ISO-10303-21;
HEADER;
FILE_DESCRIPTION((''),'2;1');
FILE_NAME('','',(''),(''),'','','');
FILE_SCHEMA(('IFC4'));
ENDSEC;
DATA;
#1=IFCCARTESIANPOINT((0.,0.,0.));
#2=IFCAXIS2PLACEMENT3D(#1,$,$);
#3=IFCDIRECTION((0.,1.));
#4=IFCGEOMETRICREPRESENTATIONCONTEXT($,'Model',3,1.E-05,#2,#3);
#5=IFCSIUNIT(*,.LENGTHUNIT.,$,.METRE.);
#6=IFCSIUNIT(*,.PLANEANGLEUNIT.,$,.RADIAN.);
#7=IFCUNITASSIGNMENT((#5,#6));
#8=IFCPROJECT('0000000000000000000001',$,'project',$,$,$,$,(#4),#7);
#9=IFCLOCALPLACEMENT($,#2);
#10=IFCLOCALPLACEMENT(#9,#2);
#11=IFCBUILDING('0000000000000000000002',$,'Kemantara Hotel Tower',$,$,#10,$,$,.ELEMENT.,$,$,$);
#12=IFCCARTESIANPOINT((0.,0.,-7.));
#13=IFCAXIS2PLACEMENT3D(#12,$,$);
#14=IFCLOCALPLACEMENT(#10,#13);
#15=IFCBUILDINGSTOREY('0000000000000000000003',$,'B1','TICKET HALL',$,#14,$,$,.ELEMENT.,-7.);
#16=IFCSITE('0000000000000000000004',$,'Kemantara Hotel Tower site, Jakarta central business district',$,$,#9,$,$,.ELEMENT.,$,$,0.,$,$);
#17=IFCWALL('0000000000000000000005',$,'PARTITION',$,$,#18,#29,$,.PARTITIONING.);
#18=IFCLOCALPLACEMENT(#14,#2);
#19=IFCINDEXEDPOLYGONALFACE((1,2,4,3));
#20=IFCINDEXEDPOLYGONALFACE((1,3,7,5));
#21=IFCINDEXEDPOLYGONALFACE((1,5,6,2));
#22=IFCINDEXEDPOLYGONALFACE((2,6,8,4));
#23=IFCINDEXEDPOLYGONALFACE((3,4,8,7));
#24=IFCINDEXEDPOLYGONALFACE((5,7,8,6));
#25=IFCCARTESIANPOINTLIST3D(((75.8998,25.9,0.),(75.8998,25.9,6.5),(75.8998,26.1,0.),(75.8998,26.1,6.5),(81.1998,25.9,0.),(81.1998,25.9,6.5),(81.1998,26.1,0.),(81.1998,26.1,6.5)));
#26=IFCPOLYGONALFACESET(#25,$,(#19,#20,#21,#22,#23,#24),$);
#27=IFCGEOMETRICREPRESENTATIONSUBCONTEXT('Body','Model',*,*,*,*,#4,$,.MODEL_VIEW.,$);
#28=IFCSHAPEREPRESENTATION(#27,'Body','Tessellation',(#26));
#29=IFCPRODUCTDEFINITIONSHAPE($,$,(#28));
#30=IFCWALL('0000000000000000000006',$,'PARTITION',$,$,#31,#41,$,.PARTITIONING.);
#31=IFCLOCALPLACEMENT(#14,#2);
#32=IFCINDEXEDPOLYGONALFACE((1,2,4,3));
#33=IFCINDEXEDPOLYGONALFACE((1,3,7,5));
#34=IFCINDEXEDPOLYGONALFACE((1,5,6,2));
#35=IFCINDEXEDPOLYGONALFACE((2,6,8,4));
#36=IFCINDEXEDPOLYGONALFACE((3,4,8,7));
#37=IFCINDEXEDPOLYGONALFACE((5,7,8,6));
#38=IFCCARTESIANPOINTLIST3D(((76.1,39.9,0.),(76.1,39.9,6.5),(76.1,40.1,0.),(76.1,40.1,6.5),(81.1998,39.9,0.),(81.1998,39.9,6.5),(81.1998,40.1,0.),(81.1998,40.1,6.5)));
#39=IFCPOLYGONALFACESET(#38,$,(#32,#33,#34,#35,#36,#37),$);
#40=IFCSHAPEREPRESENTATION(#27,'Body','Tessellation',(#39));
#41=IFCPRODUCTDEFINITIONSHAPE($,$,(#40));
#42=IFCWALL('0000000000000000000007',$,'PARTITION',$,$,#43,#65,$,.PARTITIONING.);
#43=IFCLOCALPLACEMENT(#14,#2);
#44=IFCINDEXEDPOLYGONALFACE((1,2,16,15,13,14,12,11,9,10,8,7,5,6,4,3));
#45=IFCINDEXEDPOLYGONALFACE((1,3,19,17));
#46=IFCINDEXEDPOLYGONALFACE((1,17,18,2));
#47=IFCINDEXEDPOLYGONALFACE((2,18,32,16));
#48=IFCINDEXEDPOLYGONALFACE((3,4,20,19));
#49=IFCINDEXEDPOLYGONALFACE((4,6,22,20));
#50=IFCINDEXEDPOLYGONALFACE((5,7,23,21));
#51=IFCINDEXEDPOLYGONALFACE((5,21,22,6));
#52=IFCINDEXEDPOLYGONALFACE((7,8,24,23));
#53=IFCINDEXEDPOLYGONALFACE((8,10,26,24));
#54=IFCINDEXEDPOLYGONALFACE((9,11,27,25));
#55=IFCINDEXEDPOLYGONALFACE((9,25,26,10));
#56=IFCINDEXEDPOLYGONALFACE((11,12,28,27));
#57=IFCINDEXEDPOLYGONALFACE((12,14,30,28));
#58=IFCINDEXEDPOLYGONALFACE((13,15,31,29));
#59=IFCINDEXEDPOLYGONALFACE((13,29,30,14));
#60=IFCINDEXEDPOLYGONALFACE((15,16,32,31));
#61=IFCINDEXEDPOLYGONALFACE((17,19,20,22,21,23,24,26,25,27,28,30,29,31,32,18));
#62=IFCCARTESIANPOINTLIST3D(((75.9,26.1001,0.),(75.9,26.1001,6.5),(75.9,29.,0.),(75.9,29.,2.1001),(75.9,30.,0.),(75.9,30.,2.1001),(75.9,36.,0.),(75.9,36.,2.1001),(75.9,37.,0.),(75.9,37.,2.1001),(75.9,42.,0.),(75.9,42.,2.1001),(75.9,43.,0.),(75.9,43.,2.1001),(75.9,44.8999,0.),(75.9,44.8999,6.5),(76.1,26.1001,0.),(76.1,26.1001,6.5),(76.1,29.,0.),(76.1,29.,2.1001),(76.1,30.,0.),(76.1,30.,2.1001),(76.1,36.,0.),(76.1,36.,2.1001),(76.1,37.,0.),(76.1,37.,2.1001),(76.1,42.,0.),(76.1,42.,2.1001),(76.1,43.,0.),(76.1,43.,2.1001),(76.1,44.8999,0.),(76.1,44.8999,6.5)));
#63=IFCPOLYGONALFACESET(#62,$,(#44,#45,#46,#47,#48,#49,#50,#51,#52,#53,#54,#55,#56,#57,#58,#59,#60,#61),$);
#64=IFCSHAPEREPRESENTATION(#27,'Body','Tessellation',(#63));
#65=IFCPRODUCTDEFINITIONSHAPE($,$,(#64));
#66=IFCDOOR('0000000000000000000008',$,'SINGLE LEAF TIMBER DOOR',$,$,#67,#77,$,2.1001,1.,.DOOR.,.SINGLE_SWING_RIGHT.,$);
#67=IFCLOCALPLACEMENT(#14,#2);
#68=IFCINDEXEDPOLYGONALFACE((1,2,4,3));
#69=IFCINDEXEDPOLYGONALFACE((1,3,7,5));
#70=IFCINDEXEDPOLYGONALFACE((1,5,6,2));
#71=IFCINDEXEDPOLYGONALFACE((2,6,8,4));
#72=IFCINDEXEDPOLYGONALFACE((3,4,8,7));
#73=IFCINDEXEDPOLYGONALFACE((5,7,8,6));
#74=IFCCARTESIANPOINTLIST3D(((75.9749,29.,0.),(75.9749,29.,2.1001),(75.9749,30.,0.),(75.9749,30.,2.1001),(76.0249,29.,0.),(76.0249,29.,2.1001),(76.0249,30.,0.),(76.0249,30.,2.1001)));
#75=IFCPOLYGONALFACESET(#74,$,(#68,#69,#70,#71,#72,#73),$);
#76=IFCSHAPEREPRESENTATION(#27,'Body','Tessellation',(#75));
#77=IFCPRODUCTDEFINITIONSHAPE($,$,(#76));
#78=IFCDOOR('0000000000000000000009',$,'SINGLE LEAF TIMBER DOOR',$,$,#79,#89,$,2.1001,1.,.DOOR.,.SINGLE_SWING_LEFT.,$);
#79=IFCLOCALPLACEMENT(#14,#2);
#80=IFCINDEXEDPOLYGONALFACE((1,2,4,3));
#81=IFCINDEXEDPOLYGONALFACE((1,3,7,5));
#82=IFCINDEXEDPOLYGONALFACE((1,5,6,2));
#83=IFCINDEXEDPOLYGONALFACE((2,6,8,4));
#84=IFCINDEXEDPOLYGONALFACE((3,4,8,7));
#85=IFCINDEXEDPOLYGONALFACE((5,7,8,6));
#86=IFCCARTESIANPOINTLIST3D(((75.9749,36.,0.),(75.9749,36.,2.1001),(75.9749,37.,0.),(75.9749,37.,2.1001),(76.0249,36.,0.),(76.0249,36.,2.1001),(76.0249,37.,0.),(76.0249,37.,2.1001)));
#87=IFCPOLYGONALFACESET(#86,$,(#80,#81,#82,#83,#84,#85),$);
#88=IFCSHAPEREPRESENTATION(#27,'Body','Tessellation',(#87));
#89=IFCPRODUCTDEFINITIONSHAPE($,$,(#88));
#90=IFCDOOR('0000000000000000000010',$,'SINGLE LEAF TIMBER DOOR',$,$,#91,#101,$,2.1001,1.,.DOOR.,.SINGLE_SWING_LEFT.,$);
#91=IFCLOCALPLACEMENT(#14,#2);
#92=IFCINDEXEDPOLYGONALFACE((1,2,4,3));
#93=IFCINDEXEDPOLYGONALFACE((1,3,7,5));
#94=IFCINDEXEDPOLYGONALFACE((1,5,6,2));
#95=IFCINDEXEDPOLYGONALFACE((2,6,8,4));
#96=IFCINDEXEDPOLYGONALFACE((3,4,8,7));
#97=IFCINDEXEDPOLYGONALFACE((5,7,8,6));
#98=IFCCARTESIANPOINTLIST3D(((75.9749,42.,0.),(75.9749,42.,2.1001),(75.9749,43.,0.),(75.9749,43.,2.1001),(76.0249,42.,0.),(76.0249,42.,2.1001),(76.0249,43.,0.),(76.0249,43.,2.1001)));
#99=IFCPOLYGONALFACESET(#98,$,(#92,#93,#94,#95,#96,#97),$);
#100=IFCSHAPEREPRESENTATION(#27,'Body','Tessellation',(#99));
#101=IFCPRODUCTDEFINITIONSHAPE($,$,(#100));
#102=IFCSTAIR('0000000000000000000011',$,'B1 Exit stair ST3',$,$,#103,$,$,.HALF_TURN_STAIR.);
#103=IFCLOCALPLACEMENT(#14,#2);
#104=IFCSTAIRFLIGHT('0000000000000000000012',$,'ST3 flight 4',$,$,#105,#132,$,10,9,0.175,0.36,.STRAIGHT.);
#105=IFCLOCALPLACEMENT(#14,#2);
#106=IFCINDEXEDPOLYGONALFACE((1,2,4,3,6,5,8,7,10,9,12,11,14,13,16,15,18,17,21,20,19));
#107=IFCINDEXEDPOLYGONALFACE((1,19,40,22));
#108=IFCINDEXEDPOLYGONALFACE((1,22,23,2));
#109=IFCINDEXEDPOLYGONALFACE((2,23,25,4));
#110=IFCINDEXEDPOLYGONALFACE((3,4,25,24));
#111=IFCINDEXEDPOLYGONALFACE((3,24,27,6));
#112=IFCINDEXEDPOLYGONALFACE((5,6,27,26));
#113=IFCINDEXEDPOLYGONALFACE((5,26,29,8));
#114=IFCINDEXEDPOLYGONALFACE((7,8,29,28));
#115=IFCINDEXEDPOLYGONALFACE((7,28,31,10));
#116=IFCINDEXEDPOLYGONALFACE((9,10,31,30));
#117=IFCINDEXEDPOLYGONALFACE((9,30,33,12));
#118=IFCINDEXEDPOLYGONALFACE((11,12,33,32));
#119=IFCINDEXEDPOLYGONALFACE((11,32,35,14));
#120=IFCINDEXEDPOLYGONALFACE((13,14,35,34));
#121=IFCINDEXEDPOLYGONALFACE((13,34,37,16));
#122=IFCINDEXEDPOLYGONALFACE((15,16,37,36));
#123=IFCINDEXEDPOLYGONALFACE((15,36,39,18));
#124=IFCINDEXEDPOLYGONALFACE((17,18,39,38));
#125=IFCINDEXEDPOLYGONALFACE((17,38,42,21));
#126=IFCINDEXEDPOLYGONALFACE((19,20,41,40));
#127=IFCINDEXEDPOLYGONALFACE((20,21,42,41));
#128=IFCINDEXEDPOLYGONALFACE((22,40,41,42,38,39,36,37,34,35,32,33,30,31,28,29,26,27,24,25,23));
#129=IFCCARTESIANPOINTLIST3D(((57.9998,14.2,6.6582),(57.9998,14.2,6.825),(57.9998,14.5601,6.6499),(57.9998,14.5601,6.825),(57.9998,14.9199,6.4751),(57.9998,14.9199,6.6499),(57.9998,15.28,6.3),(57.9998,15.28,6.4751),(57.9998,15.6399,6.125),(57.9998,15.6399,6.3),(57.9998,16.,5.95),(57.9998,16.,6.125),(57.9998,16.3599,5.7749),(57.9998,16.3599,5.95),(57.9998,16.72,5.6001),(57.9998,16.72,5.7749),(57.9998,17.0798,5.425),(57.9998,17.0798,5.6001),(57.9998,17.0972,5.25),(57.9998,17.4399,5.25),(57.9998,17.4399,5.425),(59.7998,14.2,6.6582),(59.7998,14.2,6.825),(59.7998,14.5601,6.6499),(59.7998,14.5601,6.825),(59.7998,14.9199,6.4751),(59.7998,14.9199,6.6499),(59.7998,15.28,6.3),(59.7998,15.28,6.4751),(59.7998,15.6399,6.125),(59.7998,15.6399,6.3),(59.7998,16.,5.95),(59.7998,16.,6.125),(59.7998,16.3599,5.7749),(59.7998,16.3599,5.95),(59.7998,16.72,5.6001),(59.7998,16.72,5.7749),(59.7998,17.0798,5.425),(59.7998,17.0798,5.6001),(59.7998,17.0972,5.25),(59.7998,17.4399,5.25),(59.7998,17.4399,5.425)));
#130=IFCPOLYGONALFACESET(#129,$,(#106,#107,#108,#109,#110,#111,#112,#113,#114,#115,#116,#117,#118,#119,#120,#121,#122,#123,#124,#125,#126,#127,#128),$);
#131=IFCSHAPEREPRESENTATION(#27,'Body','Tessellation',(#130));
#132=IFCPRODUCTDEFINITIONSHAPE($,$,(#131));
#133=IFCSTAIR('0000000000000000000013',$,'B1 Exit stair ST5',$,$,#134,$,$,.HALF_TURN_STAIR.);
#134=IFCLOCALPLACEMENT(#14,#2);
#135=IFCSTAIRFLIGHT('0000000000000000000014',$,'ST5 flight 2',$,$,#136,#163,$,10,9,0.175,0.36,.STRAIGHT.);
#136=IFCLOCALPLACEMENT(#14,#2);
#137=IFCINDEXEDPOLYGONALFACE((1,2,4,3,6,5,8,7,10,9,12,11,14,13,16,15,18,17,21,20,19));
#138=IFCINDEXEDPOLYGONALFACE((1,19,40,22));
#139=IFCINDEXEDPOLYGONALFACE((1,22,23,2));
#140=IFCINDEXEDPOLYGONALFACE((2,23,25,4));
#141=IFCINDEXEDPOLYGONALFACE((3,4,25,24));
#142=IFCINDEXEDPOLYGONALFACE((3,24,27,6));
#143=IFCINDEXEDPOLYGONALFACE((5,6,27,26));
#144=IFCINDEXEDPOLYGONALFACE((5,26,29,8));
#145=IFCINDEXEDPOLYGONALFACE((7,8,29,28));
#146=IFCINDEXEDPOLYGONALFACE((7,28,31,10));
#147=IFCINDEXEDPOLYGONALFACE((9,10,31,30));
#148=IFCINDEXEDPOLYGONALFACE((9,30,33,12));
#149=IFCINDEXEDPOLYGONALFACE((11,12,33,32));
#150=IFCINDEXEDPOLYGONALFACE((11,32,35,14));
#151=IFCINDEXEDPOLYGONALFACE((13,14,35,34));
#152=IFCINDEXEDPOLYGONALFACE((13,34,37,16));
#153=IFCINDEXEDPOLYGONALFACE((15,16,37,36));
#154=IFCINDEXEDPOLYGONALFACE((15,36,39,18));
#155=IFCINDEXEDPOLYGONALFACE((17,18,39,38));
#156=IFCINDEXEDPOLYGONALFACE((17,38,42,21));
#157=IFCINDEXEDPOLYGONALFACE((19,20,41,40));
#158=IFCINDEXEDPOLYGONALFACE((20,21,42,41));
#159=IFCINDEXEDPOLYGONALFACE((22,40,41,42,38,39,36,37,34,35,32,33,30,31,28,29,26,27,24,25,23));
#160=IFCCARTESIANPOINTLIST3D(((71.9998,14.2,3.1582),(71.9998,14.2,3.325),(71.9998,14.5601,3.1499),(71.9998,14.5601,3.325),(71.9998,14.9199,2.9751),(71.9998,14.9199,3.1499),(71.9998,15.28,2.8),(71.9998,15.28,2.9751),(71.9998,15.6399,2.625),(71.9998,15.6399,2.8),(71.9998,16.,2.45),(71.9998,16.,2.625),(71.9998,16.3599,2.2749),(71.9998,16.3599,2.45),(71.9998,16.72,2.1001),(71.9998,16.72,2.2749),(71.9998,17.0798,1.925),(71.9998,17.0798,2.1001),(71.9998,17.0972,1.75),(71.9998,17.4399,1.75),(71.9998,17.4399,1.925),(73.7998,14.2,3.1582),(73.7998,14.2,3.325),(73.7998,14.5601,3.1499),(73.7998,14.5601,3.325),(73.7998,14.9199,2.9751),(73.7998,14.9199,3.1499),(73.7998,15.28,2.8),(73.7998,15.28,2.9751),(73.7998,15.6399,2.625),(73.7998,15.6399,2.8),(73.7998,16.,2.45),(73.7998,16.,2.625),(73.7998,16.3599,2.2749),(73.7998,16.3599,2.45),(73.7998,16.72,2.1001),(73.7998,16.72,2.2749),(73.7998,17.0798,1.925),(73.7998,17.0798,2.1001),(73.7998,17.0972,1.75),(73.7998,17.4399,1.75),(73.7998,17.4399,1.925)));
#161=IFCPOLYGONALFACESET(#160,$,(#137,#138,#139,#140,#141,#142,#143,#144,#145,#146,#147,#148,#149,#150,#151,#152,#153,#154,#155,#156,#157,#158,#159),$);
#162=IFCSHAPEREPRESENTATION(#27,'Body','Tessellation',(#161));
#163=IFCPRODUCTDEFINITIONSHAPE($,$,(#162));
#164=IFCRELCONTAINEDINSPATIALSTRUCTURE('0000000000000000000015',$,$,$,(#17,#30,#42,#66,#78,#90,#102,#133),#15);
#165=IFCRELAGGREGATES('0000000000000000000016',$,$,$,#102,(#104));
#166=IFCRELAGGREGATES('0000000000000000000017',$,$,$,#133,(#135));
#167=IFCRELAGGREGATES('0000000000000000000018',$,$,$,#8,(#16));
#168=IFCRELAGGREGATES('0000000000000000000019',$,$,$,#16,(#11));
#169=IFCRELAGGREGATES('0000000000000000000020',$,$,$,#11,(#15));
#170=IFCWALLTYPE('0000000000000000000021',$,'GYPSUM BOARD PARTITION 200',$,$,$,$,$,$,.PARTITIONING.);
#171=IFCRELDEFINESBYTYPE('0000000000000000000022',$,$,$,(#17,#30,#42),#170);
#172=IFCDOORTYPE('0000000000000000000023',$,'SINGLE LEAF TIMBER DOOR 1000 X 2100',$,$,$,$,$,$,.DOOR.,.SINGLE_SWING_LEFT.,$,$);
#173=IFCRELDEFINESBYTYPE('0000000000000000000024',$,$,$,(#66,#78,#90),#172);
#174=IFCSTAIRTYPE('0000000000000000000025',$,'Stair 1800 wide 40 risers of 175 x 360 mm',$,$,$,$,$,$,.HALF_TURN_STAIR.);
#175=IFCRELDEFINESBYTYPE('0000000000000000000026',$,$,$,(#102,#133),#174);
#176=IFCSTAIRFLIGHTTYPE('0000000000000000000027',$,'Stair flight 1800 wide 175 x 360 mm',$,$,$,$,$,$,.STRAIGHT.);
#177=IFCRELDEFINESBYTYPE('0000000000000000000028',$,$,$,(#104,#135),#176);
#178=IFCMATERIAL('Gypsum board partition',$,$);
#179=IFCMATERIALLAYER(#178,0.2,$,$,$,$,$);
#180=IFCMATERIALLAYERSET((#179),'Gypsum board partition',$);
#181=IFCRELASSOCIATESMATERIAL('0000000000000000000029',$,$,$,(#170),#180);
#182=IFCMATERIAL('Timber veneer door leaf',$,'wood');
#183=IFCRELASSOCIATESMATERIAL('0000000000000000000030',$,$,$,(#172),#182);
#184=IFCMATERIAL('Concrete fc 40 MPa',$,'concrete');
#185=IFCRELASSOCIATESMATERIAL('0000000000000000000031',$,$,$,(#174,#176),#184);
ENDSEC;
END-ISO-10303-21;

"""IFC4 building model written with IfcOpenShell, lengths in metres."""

from ifc_helpers import new_model, si_unit, direction, frame, frame_2d, origin, place, context, subcontext, project, spatial, polyline, rectangle, outline, extrude, material, layer, layer_set, type_object, element, fill, aggregate, save


model = new_model("IFC4")

# Units and contexts
model_context = context("Model", 3, precision=1e-05, world=origin(), true_north=direction((0.0, 1.0)))
body_context = subcontext(model_context, "Body", "Model", "MODEL_VIEW")
ifc_project = project(units=[si_unit("LENGTHUNIT", "METRE"), si_unit("PLANEANGLEUNIT", "RADIAN")], contexts=[model_context])

# Site, building, storey
site_placement = place(None, origin())
site = spatial("IfcSite", under=ifc_project, at=site_placement, Name="Kemantara Hotel Tower site, Jakarta central business district", CompositionType="ELEMENT", RefElevation=0.0)
building_placement = place(site_placement, origin())
building = spatial("IfcBuilding", under=site, at=building_placement, Name="Kemantara Hotel Tower", CompositionType="ELEMENT")
storey_placement = place(building_placement, frame((0.0, 0.0, -7.0)))
storey = spatial("IfcBuildingStorey", under=building, at=storey_placement, Name="B1", Description="TICKET HALL", CompositionType="ELEMENT", Elevation=-7.0)

# Walls
ifc_material_1 = material(Name="Concrete fc 40 MPa", Category="concrete")
ifc_material_2 = material(Name="Gypsum board partition")
ifc_layer_1 = layer(ifc_material_2, 0.2)
ifc_layer_set_1 = layer_set([ifc_layer_1], Name="Gypsum board partition")
wall_type_1 = type_object("IfcWallType", Name="GYPSUM BOARD PARTITION 200", PredefinedType="PARTITIONING", material=ifc_layer_set_1)
wall_1_placement = place(storey_placement, frame((75.8999, 26.0, 0.0), z_axis=(0.0, 0.0, 1.0), x_axis=(1.0, 0.0, 0.0)))
element("IfcWall", 1, at=wall_1_placement, inside=storey, type_object=wall_type_1, Name="PARTITION", PredefinedType="PARTITIONING", context=body_context, shape_type="SweptSolid", body=[
    extrude(rectangle(XDim=5.3, YDim=0.2, at=frame_2d((2.6499, 0.0))), origin(), (0.0, 0.0, 1.0), 6.5),
])
wall_2_placement = place(storey_placement, frame((76.1001, 40.0, 0.0), z_axis=(0.0, 0.0, 1.0), x_axis=(1.0, 0.0, 0.0)))
element("IfcWall", 2, at=wall_2_placement, inside=storey, type_object=wall_type_1, Name="PARTITION", PredefinedType="PARTITIONING", context=body_context, shape_type="SweptSolid", body=[
    extrude(rectangle(XDim=5.0999, YDim=0.2, at=frame_2d((2.5498, 0.0))), origin(), (0.0, 0.0, 1.0), 6.5),
])

# Wall, openings, doors
wall_3_placement = place(storey_placement, frame((76.0, 26.1001, 0.0), z_axis=(0.0, 0.0, 1.0), x_axis=(0.0, 1.0, 0.0)))
wall_3 = element("IfcWall", 3, at=wall_3_placement, inside=storey, type_object=wall_type_1, Name="PARTITION", PredefinedType="PARTITIONING", context=body_context, shape_type="SweptSolid", body=[
    extrude(rectangle(XDim=18.7998, YDim=0.2, at=frame_2d((9.3999, 0.0))), origin(), (0.0, 0.0, 1.0), 6.5),
])
opening_1_placement = place(wall_3_placement, frame((2.8999, 0.0, 0.0)))
opening_1 = element("IfcOpeningElement", 4, at=opening_1_placement, cuts=wall_3, PredefinedType="OPENING", context=body_context, shape_type="SweptSolid", body=[
    extrude(rectangle(XDim=1.0, YDim=2.1001, at=frame_2d((0.5, 1.05))), frame((0.0, 0.1099, 0.0), z_axis=(0.0, -1.0, 0.0), x_axis=(1.0, 0.0, 0.0)), (0.0, 0.0, 1.0), 0.22),
])
opening_2_placement = place(wall_3_placement, frame((9.8999, 0.0, 0.0)))
opening_2 = element("IfcOpeningElement", 5, at=opening_2_placement, cuts=wall_3, PredefinedType="OPENING", context=body_context, shape_type="SweptSolid", body=[
    extrude(rectangle(XDim=1.0, YDim=2.1001, at=frame_2d((0.5, 1.05))), frame((0.0, 0.1099, 0.0), z_axis=(0.0, -1.0, 0.0), x_axis=(1.0, 0.0, 0.0)), (0.0, 0.0, 1.0), 0.22),
])
opening_3_placement = place(wall_3_placement, frame((15.8999, 0.0, 0.0)))
opening_3 = element("IfcOpeningElement", 6, at=opening_3_placement, cuts=wall_3, PredefinedType="OPENING", context=body_context, shape_type="SweptSolid", body=[
    extrude(rectangle(XDim=1.0, YDim=2.1001, at=frame_2d((0.5, 1.05))), frame((0.0, 0.1099, 0.0), z_axis=(0.0, -1.0, 0.0), x_axis=(1.0, 0.0, 0.0)), (0.0, 0.0, 1.0), 0.22),
])
ifc_material_3 = material(Name="Timber veneer door leaf", Category="wood")
door_type = type_object("IfcDoorType", Name="SINGLE LEAF TIMBER DOOR 1000 X 2100", OperationType="SINGLE_SWING_LEFT", PredefinedType="DOOR", material=ifc_material_3)
door_1_placement = place(opening_1_placement, frame((1.0, 0.0, 0.0), z_axis=(0.0, 0.0, 1.0), x_axis=(-1.0, 0.0, 0.0)))
door_1 = element("IfcDoor", 7, at=door_1_placement, inside=storey, type_object=door_type, Name="SINGLE LEAF TIMBER DOOR", OperationType="SINGLE_SWING_RIGHT", OverallHeight=2.1001, OverallWidth=1.0, PredefinedType="DOOR", context=body_context, shape_type="SweptSolid", body=[
    extrude(rectangle(XDim=1.0, YDim=2.1001, at=frame_2d((0.5, 1.05))), frame((0.0, 0.0249, 0.0), z_axis=(0.0, -1.0, 0.0), x_axis=(1.0, 0.0, 0.0)), (0.0, 0.0, 1.0), 0.05),
])
fill(opening_1, door_1)
door_2_placement = place(opening_2_placement, frame((1.0, 0.0, 0.0), z_axis=(0.0, 0.0, 1.0), x_axis=(-1.0, 0.0, 0.0)))
door_2 = element("IfcDoor", 8, at=door_2_placement, inside=storey, type_object=door_type, Name="SINGLE LEAF TIMBER DOOR", OperationType="SINGLE_SWING_LEFT", OverallHeight=2.1001, OverallWidth=1.0, PredefinedType="DOOR", context=body_context, shape_type="SweptSolid", body=[
    extrude(rectangle(XDim=1.0, YDim=2.1001, at=frame_2d((0.5, 1.05))), frame((0.0, 0.0249, 0.0), z_axis=(0.0, -1.0, 0.0), x_axis=(1.0, 0.0, 0.0)), (0.0, 0.0, 1.0), 0.05),
])
fill(opening_2, door_2)
door_3_placement = place(opening_3_placement, frame((1.0, 0.0, 0.0), z_axis=(0.0, 0.0, 1.0), x_axis=(-1.0, 0.0, 0.0)))
door_3 = element("IfcDoor", 9, at=door_3_placement, inside=storey, type_object=door_type, Name="SINGLE LEAF TIMBER DOOR", OperationType="SINGLE_SWING_LEFT", OverallHeight=2.1001, OverallWidth=1.0, PredefinedType="DOOR", context=body_context, shape_type="SweptSolid", body=[
    extrude(rectangle(XDim=1.0, YDim=2.1001, at=frame_2d((0.5, 1.05))), frame((0.0, 0.0249, 0.0), z_axis=(0.0, -1.0, 0.0), x_axis=(1.0, 0.0, 0.0)), (0.0, 0.0, 1.0), 0.05),
])
fill(opening_3, door_3)

# Stair, stair flight
stair_type = type_object("IfcStairType", Name="Stair 1800 wide 40 risers of 175 x 360 mm", PredefinedType="HALF_TURN_STAIR", material=ifc_material_1)
stair_1_placement = place(storey_placement, origin())
stair_1 = element("IfcStair", 10, at=stair_1_placement, inside=storey, type_object=stair_type, Name="B1 Exit stair ST3", PredefinedType="HALF_TURN_STAIR")
stair_flight_type = type_object("IfcStairFlightType", Name="Stair flight 1800 wide 175 x 360 mm", PredefinedType="STRAIGHT", material=ifc_material_1)
stair_flight_1_placement = place(storey_placement, frame((58.8999, 17.4399, 5.25), z_axis=(0.0, 0.0, 1.0), x_axis=(0.0, -1.0, 0.0)))
stair_flight_1 = element("IfcStairFlight", 11, at=stair_flight_1_placement, type_object=stair_flight_type, Name="ST3 flight 4", NumberOfRisers=10, NumberOfTreads=9, PredefinedType="STRAIGHT", RiserHeight=0.175, TreadLength=0.36, context=body_context, shape_type="SweptSolid", body=[
    extrude(outline(polyline([(0.0, 0.0), (0.0, 0.175), (0.3601, 0.175), (0.3601, 0.3501), (0.72, 0.3501), (0.72, 0.5249), (1.0801, 0.5249), (1.0801, 0.7), (1.4399, 0.7), (1.4399, 0.875), (1.8, 0.875), (1.8, 1.05), (2.1599, 1.05), (2.1599, 1.2251), (2.52, 1.2251), (2.52, 1.3999), (2.8799, 1.3999), (2.8799, 1.575), (3.24, 1.575), (3.24, 1.75), (3.24, 1.4082), (0.3428, 0.0), (0.0, 0.0)])), frame((0.0, 0.8999, 0.0), z_axis=(0.0, -1.0, 0.0), x_axis=(1.0, 0.0, 0.0)), (0.0, 0.0, 1.0), 1.8),
])
aggregate(stair_1, [stair_flight_1])

# Stair, stair flight
stair_2_placement = place(storey_placement, origin())
stair_2 = element("IfcStair", 12, at=stair_2_placement, inside=storey, type_object=stair_type, Name="B1 Exit stair ST5", PredefinedType="HALF_TURN_STAIR")
stair_flight_2_placement = place(storey_placement, frame((72.8999, 17.4399, 1.75), z_axis=(0.0, 0.0, 1.0), x_axis=(0.0, -1.0, 0.0)))
stair_flight_2 = element("IfcStairFlight", 13, at=stair_flight_2_placement, type_object=stair_flight_type, Name="ST5 flight 2", NumberOfRisers=10, NumberOfTreads=9, PredefinedType="STRAIGHT", RiserHeight=0.175, TreadLength=0.36, context=body_context, shape_type="SweptSolid", body=[
    extrude(outline(polyline([(0.0, 0.0), (0.0, 0.175), (0.3601, 0.175), (0.3601, 0.3501), (0.72, 0.3501), (0.72, 0.5249), (1.0801, 0.5249), (1.0801, 0.7), (1.4399, 0.7), (1.4399, 0.875), (1.8, 0.875), (1.8, 1.05), (2.1599, 1.05), (2.1599, 1.2251), (2.52, 1.2251), (2.52, 1.3999), (2.8799, 1.3999), (2.8799, 1.575), (3.24, 1.575), (3.24, 1.75), (3.24, 1.4082), (0.3428, 0.0), (0.0, 0.0)])), frame((0.0, 0.8999, 0.0), z_axis=(0.0, -1.0, 0.0), x_axis=(1.0, 0.0, 0.0)), (0.0, 0.0, 1.0), 1.8),
])
aggregate(stair_2, [stair_flight_2])

save(model, "model.ifc")
